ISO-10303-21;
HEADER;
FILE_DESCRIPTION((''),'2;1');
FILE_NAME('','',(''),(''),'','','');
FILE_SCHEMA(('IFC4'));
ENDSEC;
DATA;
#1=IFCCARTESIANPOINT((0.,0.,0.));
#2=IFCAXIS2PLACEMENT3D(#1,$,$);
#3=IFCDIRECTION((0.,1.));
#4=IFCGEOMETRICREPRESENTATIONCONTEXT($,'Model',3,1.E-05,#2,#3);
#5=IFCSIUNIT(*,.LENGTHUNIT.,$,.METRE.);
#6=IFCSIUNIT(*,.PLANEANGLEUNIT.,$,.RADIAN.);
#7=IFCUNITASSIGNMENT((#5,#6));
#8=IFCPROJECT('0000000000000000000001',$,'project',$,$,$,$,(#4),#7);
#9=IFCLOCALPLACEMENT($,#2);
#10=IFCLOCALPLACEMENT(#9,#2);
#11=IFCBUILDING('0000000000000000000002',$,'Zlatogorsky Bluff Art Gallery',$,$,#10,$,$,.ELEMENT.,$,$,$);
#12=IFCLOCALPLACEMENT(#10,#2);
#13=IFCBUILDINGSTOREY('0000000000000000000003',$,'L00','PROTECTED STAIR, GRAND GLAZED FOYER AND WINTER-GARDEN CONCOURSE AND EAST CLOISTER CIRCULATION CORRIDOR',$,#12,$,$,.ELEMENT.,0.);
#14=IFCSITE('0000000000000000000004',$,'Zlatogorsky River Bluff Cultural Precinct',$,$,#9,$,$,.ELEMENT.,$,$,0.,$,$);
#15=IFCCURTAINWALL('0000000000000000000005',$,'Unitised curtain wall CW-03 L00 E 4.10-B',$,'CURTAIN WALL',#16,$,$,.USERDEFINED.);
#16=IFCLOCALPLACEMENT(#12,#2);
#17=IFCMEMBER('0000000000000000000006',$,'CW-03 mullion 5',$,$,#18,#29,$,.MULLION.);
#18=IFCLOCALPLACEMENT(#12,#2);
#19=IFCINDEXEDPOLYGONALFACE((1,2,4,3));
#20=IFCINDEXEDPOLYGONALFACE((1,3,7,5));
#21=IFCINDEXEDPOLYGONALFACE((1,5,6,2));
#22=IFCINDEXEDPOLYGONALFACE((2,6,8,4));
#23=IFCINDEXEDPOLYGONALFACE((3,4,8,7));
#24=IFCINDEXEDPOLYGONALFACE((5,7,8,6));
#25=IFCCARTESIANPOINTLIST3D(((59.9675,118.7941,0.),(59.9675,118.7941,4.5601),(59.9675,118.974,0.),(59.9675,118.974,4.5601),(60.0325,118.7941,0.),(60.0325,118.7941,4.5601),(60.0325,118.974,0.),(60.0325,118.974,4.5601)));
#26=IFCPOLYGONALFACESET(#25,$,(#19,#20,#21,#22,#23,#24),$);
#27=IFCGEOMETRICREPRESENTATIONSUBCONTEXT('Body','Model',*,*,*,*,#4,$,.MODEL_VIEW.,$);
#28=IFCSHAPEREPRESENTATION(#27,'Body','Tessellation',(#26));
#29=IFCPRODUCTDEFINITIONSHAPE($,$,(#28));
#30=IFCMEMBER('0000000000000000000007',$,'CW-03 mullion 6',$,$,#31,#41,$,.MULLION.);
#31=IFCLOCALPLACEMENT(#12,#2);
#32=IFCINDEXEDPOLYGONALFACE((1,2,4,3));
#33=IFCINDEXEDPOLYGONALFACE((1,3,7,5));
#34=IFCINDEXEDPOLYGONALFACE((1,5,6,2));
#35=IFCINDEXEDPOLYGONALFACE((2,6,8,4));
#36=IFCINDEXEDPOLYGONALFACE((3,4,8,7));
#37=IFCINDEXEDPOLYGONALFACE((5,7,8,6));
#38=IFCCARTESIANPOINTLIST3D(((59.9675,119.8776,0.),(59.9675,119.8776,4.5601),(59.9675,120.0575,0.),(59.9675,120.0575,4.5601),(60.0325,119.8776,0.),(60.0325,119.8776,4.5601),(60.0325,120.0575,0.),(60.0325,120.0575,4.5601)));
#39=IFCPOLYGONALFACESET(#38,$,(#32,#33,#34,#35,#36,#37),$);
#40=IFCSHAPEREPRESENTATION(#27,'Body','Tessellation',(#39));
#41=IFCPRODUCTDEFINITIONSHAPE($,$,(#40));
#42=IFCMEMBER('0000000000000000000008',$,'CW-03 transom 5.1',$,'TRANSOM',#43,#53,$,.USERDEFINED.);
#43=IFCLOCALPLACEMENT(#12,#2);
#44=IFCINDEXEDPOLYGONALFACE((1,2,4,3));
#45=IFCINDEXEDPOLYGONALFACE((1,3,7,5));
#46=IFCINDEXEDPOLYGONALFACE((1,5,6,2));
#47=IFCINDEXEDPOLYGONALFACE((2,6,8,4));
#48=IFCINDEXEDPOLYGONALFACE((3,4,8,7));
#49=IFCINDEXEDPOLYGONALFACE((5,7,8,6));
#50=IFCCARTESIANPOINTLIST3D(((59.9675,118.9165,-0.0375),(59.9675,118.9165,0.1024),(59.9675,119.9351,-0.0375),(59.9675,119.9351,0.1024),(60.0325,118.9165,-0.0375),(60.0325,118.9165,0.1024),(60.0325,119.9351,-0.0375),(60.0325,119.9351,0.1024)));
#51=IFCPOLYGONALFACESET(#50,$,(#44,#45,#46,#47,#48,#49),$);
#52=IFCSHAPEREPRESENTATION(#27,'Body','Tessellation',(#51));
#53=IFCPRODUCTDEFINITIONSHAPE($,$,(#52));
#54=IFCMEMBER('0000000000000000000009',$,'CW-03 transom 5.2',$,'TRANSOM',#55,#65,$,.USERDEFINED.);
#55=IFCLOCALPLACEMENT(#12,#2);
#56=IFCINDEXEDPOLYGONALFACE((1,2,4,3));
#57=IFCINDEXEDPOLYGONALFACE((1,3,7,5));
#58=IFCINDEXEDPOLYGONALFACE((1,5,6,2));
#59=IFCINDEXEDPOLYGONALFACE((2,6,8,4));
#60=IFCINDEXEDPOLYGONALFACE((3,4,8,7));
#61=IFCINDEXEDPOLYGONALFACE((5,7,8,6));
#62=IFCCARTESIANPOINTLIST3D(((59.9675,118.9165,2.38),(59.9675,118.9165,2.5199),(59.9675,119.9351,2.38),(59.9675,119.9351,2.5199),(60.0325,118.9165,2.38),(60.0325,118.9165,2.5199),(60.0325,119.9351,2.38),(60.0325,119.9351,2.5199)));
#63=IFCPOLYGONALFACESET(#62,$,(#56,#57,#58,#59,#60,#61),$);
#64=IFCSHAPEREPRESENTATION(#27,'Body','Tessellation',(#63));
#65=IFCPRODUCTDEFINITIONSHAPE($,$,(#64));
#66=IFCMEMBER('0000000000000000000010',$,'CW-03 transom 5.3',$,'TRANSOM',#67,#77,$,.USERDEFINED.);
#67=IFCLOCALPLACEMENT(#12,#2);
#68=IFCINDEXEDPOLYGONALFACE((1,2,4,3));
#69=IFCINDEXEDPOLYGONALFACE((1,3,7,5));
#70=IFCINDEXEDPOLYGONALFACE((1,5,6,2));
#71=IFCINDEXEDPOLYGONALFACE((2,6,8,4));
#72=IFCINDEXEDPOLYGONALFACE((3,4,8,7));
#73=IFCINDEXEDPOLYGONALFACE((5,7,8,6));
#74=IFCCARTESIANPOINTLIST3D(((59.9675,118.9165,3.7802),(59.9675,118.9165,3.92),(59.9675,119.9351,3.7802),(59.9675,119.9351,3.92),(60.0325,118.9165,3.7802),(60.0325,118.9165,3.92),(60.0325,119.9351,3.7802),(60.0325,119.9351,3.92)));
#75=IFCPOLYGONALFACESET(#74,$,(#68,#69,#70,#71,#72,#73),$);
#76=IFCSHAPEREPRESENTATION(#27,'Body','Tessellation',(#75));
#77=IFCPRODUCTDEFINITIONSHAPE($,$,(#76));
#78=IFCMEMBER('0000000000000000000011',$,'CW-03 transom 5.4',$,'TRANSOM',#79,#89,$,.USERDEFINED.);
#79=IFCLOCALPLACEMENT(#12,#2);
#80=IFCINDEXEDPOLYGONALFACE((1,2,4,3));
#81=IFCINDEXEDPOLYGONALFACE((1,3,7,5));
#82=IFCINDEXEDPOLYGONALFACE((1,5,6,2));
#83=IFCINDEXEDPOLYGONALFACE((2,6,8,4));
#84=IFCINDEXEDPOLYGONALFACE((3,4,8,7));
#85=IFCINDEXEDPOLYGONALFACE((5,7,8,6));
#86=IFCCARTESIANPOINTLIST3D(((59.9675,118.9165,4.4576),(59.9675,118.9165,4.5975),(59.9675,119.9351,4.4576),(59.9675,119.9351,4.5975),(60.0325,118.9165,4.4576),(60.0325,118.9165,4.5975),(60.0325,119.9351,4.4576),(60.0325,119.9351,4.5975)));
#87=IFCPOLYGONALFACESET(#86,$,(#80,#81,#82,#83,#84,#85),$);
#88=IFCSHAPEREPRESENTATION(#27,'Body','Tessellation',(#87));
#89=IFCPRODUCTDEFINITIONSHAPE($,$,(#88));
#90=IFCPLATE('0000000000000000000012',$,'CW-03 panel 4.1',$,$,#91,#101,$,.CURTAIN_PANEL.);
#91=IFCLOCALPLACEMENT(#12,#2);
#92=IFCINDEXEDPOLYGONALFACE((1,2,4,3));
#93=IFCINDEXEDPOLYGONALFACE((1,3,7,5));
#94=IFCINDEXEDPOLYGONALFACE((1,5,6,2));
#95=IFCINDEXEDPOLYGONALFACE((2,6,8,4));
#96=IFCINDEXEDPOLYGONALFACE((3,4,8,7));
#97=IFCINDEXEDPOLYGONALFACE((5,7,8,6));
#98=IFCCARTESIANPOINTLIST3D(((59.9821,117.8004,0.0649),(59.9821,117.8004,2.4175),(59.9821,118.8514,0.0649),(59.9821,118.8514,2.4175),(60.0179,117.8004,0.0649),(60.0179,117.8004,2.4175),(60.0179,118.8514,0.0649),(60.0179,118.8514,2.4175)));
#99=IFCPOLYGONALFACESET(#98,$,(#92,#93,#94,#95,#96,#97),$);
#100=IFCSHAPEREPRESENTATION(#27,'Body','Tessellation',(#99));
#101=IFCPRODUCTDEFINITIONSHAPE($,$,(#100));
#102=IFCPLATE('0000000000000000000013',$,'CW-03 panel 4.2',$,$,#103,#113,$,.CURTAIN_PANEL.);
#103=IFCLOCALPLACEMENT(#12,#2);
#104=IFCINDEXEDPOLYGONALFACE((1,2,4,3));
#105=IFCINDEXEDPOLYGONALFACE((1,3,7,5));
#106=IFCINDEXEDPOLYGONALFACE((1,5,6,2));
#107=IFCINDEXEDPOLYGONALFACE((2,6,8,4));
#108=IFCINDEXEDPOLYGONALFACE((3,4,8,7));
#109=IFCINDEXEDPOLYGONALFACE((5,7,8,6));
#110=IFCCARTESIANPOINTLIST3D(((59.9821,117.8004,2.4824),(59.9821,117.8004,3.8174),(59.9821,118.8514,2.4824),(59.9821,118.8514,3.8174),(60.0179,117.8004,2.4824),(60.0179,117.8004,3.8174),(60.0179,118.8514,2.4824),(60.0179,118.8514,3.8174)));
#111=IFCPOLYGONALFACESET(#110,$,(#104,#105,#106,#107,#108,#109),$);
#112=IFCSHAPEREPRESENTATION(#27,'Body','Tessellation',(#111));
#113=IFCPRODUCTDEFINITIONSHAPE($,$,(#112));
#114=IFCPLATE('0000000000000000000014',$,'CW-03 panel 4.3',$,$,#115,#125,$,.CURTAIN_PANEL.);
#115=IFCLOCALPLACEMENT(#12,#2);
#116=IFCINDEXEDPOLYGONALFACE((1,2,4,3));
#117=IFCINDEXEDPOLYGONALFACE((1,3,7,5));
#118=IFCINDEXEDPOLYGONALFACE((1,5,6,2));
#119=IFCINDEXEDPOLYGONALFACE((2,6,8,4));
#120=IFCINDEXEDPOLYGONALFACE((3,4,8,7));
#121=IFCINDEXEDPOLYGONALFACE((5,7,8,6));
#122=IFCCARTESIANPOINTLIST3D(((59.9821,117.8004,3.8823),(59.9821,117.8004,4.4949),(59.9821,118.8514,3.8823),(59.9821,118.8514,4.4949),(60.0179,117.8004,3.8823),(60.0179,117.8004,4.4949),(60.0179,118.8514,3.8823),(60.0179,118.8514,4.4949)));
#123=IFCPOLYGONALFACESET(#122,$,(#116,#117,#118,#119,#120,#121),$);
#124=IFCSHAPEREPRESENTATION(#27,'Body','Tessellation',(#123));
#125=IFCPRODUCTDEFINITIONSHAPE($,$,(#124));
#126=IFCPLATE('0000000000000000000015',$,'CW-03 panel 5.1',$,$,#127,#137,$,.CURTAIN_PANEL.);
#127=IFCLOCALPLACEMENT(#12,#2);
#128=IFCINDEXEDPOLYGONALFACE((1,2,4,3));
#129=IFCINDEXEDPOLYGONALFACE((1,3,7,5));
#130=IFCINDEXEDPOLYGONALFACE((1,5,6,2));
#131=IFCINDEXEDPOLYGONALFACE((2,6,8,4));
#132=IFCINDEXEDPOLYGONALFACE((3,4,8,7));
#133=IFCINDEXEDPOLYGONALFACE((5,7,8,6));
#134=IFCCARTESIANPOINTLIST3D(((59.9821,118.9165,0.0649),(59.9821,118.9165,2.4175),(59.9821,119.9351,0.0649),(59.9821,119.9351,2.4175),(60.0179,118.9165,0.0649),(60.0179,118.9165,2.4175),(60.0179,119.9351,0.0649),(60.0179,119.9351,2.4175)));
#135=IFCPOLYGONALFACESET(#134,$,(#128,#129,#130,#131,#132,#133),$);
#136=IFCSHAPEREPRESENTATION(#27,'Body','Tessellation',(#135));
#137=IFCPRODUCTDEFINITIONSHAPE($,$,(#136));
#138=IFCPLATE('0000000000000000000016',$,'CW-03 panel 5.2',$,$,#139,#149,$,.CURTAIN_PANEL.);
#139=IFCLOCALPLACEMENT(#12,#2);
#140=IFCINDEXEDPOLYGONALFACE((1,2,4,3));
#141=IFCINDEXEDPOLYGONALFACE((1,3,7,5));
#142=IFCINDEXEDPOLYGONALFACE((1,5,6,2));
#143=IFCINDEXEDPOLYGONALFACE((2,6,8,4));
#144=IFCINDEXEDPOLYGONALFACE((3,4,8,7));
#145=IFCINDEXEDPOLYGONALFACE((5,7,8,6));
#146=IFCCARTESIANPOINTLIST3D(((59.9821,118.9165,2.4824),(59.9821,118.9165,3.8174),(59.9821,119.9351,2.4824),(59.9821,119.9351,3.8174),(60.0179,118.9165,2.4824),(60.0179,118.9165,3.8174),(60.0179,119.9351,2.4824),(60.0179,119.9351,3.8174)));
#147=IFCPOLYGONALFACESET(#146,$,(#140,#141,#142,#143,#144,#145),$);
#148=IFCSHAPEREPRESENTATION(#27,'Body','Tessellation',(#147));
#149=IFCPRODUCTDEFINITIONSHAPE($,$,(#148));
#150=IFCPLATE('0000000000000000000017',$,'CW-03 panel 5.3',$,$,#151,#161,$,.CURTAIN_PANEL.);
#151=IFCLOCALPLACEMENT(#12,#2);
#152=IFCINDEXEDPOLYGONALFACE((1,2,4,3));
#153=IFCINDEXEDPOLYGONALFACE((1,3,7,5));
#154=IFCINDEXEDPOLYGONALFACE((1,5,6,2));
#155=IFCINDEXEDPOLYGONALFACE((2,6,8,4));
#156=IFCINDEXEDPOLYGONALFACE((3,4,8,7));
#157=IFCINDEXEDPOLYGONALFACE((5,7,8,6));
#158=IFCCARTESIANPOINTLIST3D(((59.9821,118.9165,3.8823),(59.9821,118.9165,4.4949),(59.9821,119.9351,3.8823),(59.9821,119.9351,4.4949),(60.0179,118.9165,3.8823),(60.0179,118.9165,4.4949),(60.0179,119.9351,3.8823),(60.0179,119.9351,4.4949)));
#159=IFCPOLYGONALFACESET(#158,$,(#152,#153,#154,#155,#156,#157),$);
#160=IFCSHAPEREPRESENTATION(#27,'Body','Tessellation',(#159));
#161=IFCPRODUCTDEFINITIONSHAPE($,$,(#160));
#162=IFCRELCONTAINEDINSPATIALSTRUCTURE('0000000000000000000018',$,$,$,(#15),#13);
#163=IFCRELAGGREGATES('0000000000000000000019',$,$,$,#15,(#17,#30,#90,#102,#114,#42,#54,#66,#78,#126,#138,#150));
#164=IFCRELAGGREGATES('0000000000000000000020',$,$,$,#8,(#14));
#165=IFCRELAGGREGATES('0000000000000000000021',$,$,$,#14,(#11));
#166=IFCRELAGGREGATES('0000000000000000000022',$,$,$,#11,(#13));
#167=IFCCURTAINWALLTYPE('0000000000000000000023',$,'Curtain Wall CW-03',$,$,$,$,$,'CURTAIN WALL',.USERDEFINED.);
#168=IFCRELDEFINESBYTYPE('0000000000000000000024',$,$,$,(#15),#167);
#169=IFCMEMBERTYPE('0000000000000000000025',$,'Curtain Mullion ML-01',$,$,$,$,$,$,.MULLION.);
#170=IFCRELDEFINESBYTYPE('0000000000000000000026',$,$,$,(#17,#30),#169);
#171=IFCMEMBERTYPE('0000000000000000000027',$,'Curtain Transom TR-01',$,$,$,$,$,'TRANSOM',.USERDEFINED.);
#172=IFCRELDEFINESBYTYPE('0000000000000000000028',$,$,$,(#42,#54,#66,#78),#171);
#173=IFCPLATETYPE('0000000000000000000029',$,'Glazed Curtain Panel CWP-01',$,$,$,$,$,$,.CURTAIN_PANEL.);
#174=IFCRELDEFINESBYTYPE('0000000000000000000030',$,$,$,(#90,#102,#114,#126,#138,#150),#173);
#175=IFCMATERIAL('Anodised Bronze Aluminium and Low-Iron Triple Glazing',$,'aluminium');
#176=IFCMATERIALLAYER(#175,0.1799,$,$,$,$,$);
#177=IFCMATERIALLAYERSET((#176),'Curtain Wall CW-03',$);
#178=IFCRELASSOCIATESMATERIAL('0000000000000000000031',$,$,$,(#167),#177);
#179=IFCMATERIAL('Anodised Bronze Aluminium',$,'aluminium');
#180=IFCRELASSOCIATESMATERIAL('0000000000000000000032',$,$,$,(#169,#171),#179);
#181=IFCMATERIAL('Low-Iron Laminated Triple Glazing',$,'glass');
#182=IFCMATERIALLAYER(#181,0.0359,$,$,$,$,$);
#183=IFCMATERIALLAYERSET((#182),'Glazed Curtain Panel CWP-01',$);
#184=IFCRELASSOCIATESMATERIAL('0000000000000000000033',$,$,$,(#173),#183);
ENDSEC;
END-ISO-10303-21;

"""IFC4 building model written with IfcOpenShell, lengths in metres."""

from ifc_helpers import new_model, si_unit, direction, frame, origin, origin_2d, place, context, subcontext, project, spatial, rectangle, extrude, material, layer, layer_set, material_profile, profile_set, type_object, element, aggregate, save


model = new_model("IFC4")

# Units and contexts
model_context = context("Model", 3, precision=1e-05, world=origin(), true_north=direction((0.0, 1.0)))
body_context = subcontext(model_context, "Body", "Model", "MODEL_VIEW")
ifc_project = project(units=[si_unit("LENGTHUNIT", "METRE"), si_unit("PLANEANGLEUNIT", "RADIAN")], contexts=[model_context])

# Site, building, storey
site_placement = place(None, origin())
site = spatial("IfcSite", under=ifc_project, at=site_placement, Name="Zlatogorsky River Bluff Cultural Precinct", CompositionType="ELEMENT", RefElevation=0.0)
building_placement = place(site_placement, origin())
building = spatial("IfcBuilding", under=site, at=building_placement, Name="Zlatogorsky Bluff Art Gallery", CompositionType="ELEMENT")
storey_placement = place(building_placement, origin())
storey = spatial("IfcBuildingStorey", under=building, at=storey_placement, Name="L00", Description="PROTECTED STAIR, GRAND GLAZED FOYER AND WINTER-GARDEN CONCOURSE AND EAST CLOISTER CIRCULATION CORRIDOR", CompositionType="ELEMENT", Elevation=0.0)

# Curtain wall, members, plates
ifc_material_1 = material(Name="Anodised Bronze Aluminium and Low-Iron Triple Glazing", Category="aluminium")
ifc_layer_1 = layer(ifc_material_1, 0.1799)
ifc_layer_set_1 = layer_set([ifc_layer_1], Name="Curtain Wall CW-03")
curtain_wall_type = type_object("IfcCurtainWallType", Name="Curtain Wall CW-03", ElementType="CURTAIN WALL", PredefinedType="USERDEFINED", material=ifc_layer_set_1)
curtain_wall_placement = place(storey_placement, origin())
curtain_wall = element("IfcCurtainWall", 1, at=curtain_wall_placement, inside=storey, type_object=curtain_wall_type, Name="Unitised curtain wall CW-03 L00 E 4.10-B", ObjectType="CURTAIN WALL", PredefinedType="USERDEFINED")
ifc_material_2 = material(Name="Anodised Bronze Aluminium", Category="aluminium")
ifc_material_profile_1 = material_profile(ifc_material_2, rectangle(XDim=0.0649, YDim=0.1799, at=origin_2d()), Name="ALU MULLION 65x180")
ifc_profile_set_1 = profile_set([ifc_material_profile_1], Name="Anodised Bronze Aluminium")
member_type_1 = type_object("IfcMemberType", Name="Curtain Mullion ML-01", PredefinedType="MULLION", material=ifc_profile_set_1)
member_1_placement = place(storey_placement, frame((60.0, 118.884, 0.0), z_axis=(0.0, 0.0, 1.0), x_axis=(-1.0, 0.0, 0.0)))
member_1 = element("IfcMember", 2, at=member_1_placement, type_object=member_type_1, Name="CW-03 mullion 5", PredefinedType="MULLION", context=body_context, shape_type="SweptSolid", body=[
    extrude(rectangle(XDim=0.0649, YDim=0.1799, at=origin_2d()), origin(), (0.0, 0.0, 1.0), 4.5601),
])
member_2_placement = place(storey_placement, frame((60.0, 119.9675, 0.0), z_axis=(0.0, 0.0, 1.0), x_axis=(-1.0, 0.0, 0.0)))
member_2 = element("IfcMember", 3, at=member_2_placement, type_object=member_type_1, Name="CW-03 mullion 6", PredefinedType="MULLION", context=body_context, shape_type="SweptSolid", body=[
    extrude(rectangle(XDim=0.0649, YDim=0.1799, at=origin_2d()), origin(), (0.0, 0.0, 1.0), 4.5601),
])
ifc_material_profile_2 = material_profile(ifc_material_2, rectangle(XDim=0.0649, YDim=0.1399, at=origin_2d()), Name="ALU TRANSOM 65x140")
ifc_profile_set_2 = profile_set([ifc_material_profile_2], Name="Anodised Bronze Aluminium")
member_type_2 = type_object("IfcMemberType", Name="Curtain Transom TR-01", ElementType="TRANSOM", PredefinedType="USERDEFINED", material=ifc_profile_set_2)
member_3_placement = place(storey_placement, frame((60.0, 118.9165, 0.0325), z_axis=(0.0, 1.0, 0.0), x_axis=(-1.0, 0.0, 0.0)))
member_3 = element("IfcMember", 4, at=member_3_placement, type_object=member_type_2, Name="CW-03 transom 5.1", ObjectType="TRANSOM", PredefinedType="USERDEFINED", context=body_context, shape_type="SweptSolid", body=[
    extrude(rectangle(XDim=0.0649, YDim=0.1399, at=origin_2d()), origin(), (0.0, 0.0, 1.0), 1.0186),
])
member_4_placement = place(storey_placement, frame((60.0, 118.9165, 2.45), z_axis=(0.0, 1.0, 0.0), x_axis=(-1.0, 0.0, 0.0)))
member_4 = element("IfcMember", 5, at=member_4_placement, type_object=member_type_2, Name="CW-03 transom 5.2", ObjectType="TRANSOM", PredefinedType="USERDEFINED", context=body_context, shape_type="SweptSolid", body=[
    extrude(rectangle(XDim=0.0649, YDim=0.1399, at=origin_2d()), origin(), (0.0, 0.0, 1.0), 1.0186),
])
member_5_placement = place(storey_placement, frame((60.0, 118.9165, 3.8501), z_axis=(0.0, 1.0, 0.0), x_axis=(-1.0, 0.0, 0.0)))
member_5 = element("IfcMember", 6, at=member_5_placement, type_object=member_type_2, Name="CW-03 transom 5.3", ObjectType="TRANSOM", PredefinedType="USERDEFINED", context=body_context, shape_type="SweptSolid", body=[
    extrude(rectangle(XDim=0.0649, YDim=0.1399, at=origin_2d()), origin(), (0.0, 0.0, 1.0), 1.0186),
])
member_6_placement = place(storey_placement, frame((60.0, 118.9165, 4.5276), z_axis=(0.0, 1.0, 0.0), x_axis=(-1.0, 0.0, 0.0)))
member_6 = element("IfcMember", 7, at=member_6_placement, type_object=member_type_2, Name="CW-03 transom 5.4", ObjectType="TRANSOM", PredefinedType="USERDEFINED", context=body_context, shape_type="SweptSolid", body=[
    extrude(rectangle(XDim=0.0649, YDim=0.1399, at=origin_2d()), origin(), (0.0, 0.0, 1.0), 1.0186),
])
ifc_material_3 = material(Name="Low-Iron Laminated Triple Glazing", Category="glass")
ifc_layer_2 = layer(ifc_material_3, 0.0359)
ifc_layer_set_2 = layer_set([ifc_layer_2], Name="Glazed Curtain Panel CWP-01")
plate_type = type_object("IfcPlateType", Name="Glazed Curtain Panel CWP-01", PredefinedType="CURTAIN_PANEL", material=ifc_layer_set_2)
plate_1_placement = place(storey_placement, frame((60.0, 118.3259, 0.0649), z_axis=(0.0, 0.0, 1.0), x_axis=(0.0, 1.0, 0.0)))
plate_1 = element("IfcPlate", 8, at=plate_1_placement, type_object=plate_type, Name="CW-03 panel 4.1", PredefinedType="CURTAIN_PANEL", context=body_context, shape_type="SweptSolid", body=[
    extrude(rectangle(XDim=1.051, YDim=0.0359, at=origin_2d()), origin(), (0.0, 0.0, 1.0), 2.3525),
])
plate_2_placement = place(storey_placement, frame((60.0, 118.3259, 2.4824), z_axis=(0.0, 0.0, 1.0), x_axis=(0.0, 1.0, 0.0)))
plate_2 = element("IfcPlate", 9, at=plate_2_placement, type_object=plate_type, Name="CW-03 panel 4.2", PredefinedType="CURTAIN_PANEL", context=body_context, shape_type="SweptSolid", body=[
    extrude(rectangle(XDim=1.051, YDim=0.0359, at=origin_2d()), origin(), (0.0, 0.0, 1.0), 1.335),
])
plate_3_placement = place(storey_placement, frame((60.0, 118.3259, 3.8823), z_axis=(0.0, 0.0, 1.0), x_axis=(0.0, 1.0, 0.0)))
plate_3 = element("IfcPlate", 10, at=plate_3_placement, type_object=plate_type, Name="CW-03 panel 4.3", PredefinedType="CURTAIN_PANEL", context=body_context, shape_type="SweptSolid", body=[
    extrude(rectangle(XDim=1.051, YDim=0.0359, at=origin_2d()), origin(), (0.0, 0.0, 1.0), 0.6125),
])
plate_4_placement = place(storey_placement, frame((60.0, 119.4258, 0.0649), z_axis=(0.0, 0.0, 1.0), x_axis=(0.0, 1.0, 0.0)))
plate_4 = element("IfcPlate", 11, at=plate_4_placement, type_object=plate_type, Name="CW-03 panel 5.1", PredefinedType="CURTAIN_PANEL", context=body_context, shape_type="SweptSolid", body=[
    extrude(rectangle(XDim=1.0186, YDim=0.0359, at=origin_2d()), origin(), (0.0, 0.0, 1.0), 2.3525),
])
plate_5_placement = place(storey_placement, frame((60.0, 119.4258, 2.4824), z_axis=(0.0, 0.0, 1.0), x_axis=(0.0, 1.0, 0.0)))
plate_5 = element("IfcPlate", 12, at=plate_5_placement, type_object=plate_type, Name="CW-03 panel 5.2", PredefinedType="CURTAIN_PANEL", context=body_context, shape_type="SweptSolid", body=[
    extrude(rectangle(XDim=1.0186, YDim=0.0359, at=origin_2d()), origin(), (0.0, 0.0, 1.0), 1.335),
])
plate_6_placement = place(storey_placement, frame((60.0, 119.4258, 3.8823), z_axis=(0.0, 0.0, 1.0), x_axis=(0.0, 1.0, 0.0)))
plate_6 = element("IfcPlate", 13, at=plate_6_placement, type_object=plate_type, Name="CW-03 panel 5.3", PredefinedType="CURTAIN_PANEL", context=body_context, shape_type="SweptSolid", body=[
    extrude(rectangle(XDim=1.0186, YDim=0.0359, at=origin_2d()), origin(), (0.0, 0.0, 1.0), 0.6125),
])
aggregate(curtain_wall, [member_1, member_2, plate_1, plate_2, plate_3, member_3, member_4, member_5, member_6, plate_4, plate_5, plate_6])

save(model, "model.ifc")
